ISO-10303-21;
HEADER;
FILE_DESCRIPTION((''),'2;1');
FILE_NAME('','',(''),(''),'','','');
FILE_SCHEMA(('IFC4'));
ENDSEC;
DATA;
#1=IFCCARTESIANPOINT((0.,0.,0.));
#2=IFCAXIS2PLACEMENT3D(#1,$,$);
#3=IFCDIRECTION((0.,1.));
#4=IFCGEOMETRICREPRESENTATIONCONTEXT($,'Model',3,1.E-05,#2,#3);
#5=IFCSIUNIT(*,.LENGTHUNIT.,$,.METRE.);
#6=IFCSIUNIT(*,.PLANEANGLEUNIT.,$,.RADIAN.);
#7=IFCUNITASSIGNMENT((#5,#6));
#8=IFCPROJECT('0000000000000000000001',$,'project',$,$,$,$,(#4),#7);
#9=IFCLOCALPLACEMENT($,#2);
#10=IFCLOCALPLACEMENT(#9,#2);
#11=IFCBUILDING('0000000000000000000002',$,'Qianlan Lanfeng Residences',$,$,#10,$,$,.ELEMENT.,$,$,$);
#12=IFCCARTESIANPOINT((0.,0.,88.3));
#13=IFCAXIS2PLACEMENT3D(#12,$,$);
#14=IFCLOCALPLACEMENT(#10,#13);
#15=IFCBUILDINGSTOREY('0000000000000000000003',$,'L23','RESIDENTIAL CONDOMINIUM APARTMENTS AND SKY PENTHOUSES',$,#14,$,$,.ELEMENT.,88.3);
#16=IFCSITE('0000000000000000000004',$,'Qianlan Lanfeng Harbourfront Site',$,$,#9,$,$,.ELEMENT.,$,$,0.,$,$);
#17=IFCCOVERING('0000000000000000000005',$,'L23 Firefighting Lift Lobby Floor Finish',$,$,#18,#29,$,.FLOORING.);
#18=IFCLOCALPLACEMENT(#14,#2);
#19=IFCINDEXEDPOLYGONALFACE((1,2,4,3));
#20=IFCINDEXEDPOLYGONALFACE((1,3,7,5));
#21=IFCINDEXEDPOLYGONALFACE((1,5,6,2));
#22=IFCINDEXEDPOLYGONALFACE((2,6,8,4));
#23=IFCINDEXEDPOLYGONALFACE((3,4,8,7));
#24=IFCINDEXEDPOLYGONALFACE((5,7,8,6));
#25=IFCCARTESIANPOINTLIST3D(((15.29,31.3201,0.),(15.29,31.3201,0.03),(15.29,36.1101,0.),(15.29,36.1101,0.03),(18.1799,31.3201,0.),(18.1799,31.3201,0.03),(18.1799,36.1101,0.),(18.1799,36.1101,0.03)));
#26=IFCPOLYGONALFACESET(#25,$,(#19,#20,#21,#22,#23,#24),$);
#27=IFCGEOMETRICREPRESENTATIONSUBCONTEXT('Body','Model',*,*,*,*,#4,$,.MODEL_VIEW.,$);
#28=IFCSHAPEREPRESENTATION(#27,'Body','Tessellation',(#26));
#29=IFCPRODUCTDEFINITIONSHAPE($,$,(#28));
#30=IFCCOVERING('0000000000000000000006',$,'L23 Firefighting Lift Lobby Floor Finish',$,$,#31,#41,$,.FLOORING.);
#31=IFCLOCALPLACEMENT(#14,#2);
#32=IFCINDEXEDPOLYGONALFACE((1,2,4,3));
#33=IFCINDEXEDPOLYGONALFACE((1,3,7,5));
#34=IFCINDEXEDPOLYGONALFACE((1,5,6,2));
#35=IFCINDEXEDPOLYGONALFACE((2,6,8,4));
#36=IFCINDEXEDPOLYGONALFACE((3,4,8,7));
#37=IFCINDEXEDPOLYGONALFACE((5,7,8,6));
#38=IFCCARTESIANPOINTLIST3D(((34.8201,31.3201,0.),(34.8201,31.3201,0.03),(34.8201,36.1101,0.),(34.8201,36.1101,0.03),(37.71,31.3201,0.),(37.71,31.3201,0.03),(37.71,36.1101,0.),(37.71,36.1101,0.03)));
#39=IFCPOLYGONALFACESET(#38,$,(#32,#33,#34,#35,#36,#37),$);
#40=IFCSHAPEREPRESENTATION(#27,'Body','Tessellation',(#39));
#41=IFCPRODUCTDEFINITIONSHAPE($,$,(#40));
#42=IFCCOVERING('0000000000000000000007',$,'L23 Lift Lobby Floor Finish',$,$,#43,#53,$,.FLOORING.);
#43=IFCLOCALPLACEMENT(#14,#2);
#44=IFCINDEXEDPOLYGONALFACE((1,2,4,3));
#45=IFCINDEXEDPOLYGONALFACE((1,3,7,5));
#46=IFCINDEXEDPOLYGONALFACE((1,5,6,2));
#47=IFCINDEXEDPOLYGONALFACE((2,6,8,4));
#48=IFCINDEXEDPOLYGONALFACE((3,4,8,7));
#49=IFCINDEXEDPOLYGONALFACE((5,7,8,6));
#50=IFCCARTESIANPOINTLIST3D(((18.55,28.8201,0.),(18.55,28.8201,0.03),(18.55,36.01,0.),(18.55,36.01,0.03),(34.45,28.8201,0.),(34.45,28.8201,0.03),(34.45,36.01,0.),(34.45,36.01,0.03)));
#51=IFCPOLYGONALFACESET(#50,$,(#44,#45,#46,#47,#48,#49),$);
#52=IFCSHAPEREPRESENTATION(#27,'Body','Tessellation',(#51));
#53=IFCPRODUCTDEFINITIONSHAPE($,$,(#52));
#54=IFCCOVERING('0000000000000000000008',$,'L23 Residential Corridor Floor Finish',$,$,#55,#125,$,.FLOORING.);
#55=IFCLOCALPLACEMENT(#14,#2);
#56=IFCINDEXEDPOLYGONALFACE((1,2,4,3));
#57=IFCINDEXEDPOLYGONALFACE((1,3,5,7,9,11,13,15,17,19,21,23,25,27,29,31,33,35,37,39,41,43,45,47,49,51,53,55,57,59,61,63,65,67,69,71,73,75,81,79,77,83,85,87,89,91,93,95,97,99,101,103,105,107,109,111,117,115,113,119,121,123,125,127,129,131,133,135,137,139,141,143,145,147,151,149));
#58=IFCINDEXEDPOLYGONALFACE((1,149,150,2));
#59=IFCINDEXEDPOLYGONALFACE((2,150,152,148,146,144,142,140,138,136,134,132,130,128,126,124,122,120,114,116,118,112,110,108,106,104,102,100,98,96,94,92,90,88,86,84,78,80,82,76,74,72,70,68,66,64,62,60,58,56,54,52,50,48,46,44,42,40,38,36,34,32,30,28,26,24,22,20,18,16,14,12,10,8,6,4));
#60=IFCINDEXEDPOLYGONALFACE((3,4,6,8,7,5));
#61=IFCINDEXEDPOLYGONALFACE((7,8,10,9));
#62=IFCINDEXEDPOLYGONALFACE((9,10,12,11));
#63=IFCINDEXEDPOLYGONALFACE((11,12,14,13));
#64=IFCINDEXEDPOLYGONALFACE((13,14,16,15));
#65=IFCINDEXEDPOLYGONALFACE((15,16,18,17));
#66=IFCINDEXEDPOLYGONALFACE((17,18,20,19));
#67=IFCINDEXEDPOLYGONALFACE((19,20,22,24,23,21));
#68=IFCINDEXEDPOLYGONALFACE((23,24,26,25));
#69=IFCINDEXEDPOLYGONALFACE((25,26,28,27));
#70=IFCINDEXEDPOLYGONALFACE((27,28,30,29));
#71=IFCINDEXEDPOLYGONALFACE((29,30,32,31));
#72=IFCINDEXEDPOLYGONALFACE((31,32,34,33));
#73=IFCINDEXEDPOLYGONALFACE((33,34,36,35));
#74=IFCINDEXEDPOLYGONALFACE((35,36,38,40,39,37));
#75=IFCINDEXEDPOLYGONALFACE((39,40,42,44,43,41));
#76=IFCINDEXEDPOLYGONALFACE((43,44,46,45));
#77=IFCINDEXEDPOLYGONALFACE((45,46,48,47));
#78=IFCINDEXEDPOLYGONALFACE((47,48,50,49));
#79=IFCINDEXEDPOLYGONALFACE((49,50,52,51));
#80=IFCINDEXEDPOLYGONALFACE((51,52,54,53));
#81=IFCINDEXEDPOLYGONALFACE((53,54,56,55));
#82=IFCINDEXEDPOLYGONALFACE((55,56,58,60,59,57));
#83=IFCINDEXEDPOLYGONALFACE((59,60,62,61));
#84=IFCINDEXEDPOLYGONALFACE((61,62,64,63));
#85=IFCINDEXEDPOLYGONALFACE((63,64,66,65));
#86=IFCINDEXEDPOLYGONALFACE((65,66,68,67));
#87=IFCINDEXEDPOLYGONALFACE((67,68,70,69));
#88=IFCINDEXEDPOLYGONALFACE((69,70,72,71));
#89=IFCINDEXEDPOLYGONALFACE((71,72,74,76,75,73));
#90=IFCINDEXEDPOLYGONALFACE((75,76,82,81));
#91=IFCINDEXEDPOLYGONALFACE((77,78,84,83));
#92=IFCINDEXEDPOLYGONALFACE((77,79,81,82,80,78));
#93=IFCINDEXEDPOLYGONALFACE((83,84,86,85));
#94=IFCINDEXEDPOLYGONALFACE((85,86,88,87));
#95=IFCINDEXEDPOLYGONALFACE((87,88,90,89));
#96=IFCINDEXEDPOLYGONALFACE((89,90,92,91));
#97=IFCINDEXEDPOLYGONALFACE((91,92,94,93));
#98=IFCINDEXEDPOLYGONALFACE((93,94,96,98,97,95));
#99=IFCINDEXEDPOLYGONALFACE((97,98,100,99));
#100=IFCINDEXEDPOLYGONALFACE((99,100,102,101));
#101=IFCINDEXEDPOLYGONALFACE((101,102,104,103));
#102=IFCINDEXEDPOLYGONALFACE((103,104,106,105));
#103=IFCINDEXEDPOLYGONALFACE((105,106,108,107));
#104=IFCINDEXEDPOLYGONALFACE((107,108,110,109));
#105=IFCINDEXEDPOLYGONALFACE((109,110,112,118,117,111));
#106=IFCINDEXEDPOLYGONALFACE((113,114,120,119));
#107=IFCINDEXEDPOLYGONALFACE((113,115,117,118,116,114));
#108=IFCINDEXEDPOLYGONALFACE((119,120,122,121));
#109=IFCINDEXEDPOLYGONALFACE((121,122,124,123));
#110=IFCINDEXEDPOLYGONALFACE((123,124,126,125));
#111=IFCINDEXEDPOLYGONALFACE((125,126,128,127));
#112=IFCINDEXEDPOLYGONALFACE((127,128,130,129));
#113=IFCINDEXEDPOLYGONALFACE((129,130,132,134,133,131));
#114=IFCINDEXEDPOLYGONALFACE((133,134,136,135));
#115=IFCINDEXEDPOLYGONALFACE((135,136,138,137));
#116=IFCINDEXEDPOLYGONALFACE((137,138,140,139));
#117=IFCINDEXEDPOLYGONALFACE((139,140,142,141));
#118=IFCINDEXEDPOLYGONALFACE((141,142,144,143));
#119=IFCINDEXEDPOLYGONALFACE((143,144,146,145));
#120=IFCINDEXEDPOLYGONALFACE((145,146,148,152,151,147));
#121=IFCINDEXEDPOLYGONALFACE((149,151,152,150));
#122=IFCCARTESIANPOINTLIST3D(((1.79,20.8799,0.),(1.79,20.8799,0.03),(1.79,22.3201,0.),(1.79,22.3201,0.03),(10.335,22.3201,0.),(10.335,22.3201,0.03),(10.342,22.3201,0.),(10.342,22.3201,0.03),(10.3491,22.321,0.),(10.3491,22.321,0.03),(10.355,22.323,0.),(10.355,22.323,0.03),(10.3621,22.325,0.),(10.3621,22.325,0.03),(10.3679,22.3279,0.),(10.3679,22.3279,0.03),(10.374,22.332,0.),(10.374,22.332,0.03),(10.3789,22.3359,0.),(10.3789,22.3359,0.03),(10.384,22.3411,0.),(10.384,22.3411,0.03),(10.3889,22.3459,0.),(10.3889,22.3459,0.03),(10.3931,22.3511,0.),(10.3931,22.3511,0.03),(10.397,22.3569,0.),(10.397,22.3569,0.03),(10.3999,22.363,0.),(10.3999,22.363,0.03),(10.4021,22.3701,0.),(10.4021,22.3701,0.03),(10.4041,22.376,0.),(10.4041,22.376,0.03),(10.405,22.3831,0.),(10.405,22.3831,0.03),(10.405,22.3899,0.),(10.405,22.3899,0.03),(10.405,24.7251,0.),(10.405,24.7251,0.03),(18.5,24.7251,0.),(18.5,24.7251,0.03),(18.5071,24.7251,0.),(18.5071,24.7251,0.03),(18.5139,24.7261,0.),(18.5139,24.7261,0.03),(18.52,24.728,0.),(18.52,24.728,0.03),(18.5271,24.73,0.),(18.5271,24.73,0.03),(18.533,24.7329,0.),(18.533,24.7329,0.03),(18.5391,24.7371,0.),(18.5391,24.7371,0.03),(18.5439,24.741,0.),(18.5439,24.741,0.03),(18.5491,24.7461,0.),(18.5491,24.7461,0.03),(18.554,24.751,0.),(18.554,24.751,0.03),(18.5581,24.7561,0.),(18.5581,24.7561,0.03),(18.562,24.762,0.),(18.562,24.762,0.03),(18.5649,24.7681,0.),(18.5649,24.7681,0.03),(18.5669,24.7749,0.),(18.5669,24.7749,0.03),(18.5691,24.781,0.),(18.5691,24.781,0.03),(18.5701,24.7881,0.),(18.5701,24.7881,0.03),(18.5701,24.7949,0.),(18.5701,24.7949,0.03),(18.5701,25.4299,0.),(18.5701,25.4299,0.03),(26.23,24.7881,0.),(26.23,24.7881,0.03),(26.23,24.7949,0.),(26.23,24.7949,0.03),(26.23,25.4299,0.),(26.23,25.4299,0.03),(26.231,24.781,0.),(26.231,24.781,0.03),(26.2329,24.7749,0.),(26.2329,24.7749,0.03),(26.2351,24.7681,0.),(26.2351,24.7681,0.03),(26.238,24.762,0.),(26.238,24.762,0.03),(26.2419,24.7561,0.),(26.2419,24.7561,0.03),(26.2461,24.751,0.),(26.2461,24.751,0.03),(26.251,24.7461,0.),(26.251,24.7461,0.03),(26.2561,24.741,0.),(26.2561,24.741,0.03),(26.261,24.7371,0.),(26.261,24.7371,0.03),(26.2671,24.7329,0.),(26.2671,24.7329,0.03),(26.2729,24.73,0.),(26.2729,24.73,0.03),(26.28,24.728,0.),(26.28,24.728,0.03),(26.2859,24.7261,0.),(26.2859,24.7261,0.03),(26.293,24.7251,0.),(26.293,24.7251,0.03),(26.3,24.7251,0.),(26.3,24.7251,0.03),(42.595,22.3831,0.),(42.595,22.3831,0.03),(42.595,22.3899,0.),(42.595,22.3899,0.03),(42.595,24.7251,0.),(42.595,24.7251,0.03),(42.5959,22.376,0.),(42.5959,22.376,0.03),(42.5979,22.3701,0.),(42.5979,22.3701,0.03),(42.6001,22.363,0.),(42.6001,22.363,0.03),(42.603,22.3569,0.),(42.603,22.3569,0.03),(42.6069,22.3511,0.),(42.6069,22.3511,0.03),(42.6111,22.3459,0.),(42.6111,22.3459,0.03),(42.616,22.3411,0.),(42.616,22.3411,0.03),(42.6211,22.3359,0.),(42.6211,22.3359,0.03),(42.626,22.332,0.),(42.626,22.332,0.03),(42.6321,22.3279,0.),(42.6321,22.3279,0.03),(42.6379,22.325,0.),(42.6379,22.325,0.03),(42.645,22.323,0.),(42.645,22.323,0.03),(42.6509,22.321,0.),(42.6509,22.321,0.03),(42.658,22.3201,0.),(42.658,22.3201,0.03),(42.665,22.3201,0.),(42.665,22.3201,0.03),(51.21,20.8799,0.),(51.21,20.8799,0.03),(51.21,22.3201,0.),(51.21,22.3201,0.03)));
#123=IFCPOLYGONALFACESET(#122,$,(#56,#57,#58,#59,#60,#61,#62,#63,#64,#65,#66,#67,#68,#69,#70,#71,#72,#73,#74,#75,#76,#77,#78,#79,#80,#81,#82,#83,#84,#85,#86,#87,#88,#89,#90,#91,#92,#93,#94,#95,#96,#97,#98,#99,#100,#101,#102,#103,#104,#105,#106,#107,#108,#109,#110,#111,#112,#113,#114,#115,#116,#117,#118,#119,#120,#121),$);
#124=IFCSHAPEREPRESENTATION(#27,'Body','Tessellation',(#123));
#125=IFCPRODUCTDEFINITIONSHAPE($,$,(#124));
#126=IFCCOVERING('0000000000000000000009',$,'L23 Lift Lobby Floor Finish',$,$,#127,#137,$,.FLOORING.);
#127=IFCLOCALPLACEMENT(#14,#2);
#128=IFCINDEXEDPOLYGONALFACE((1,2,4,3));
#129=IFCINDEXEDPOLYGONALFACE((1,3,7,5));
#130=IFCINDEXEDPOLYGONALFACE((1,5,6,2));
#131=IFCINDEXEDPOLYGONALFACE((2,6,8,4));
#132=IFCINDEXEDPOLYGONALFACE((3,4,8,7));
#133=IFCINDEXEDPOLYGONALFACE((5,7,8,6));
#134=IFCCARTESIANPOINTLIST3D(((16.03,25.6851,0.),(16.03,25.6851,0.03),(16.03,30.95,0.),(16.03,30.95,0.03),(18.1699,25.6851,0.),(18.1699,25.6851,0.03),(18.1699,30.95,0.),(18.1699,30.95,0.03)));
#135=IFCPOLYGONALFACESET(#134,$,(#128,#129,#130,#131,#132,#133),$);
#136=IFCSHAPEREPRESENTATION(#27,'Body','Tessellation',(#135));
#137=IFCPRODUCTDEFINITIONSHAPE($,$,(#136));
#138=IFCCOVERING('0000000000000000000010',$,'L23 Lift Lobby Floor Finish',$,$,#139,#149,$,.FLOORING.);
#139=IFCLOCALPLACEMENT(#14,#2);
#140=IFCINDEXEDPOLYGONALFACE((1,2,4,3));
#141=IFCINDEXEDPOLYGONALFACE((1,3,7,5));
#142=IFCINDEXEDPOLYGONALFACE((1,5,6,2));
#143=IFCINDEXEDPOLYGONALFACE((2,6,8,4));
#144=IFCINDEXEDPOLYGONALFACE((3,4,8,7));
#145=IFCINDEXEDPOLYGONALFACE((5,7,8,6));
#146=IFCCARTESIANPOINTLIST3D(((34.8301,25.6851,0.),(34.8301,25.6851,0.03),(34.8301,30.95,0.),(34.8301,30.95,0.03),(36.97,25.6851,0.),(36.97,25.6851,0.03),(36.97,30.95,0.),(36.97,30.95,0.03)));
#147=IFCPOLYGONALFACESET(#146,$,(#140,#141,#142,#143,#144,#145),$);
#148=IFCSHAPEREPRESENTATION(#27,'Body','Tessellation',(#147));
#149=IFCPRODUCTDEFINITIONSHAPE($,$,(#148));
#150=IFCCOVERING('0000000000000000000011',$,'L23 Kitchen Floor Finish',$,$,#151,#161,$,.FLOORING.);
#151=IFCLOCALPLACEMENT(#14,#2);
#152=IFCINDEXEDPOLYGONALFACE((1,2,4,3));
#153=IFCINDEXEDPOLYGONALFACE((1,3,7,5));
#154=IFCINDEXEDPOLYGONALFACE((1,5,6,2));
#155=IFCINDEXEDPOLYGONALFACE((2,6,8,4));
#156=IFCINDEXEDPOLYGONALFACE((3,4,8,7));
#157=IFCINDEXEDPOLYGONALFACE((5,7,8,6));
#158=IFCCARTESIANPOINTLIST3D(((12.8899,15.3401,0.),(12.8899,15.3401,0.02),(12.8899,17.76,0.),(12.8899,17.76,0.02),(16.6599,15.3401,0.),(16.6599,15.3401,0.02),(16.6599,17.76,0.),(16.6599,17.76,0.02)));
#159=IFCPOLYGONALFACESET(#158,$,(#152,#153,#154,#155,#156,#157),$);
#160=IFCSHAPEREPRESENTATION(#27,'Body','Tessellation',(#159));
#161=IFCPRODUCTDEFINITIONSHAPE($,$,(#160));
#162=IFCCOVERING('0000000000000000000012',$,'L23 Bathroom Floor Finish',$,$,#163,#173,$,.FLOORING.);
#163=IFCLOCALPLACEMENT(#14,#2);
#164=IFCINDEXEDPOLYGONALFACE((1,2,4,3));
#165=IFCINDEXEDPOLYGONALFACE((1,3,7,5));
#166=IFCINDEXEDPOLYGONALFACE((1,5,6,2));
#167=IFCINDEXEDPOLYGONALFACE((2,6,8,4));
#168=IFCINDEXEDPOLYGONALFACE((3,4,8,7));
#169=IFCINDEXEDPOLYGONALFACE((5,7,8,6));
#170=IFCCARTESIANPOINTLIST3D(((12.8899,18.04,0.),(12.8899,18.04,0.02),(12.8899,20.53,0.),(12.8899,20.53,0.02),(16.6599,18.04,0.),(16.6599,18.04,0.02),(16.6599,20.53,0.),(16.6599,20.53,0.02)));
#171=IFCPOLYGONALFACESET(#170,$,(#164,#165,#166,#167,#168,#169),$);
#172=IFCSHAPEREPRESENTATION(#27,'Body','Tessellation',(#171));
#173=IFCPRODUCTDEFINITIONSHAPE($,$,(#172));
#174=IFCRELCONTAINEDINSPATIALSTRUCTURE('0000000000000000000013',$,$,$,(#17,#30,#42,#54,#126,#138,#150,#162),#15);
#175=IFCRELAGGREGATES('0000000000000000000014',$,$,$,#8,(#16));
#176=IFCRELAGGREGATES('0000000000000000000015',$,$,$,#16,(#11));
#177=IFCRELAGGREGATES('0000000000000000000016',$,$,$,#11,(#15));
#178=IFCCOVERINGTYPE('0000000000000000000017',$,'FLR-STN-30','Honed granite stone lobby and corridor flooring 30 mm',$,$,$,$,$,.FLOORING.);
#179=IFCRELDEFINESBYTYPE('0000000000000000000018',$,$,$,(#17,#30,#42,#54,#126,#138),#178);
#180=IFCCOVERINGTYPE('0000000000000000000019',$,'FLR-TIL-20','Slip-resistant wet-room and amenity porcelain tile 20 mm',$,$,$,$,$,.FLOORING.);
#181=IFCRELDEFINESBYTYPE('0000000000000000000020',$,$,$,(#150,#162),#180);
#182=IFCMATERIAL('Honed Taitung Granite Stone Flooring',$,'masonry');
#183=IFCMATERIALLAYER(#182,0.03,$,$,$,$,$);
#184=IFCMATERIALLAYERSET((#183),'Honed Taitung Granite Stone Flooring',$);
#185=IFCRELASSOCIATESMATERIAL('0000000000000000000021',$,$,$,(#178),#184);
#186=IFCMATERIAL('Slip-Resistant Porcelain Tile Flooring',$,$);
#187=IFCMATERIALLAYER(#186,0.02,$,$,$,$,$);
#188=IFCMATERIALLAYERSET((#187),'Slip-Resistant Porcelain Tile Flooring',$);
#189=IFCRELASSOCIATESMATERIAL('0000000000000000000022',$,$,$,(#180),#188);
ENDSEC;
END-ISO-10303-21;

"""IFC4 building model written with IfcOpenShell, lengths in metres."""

from ifc_helpers import new_model, si_unit, direction, frame, origin, place, context, subcontext, project, spatial, polyline, outline, extrude, material, layer, layer_set, type_object, element, save


model = new_model("IFC4")

# Units and contexts
model_context = context("Model", 3, precision=1e-05, world=origin(), true_north=direction((0.0, 1.0)))
body_context = subcontext(model_context, "Body", "Model", "MODEL_VIEW")
ifc_project = project(units=[si_unit("LENGTHUNIT", "METRE"), si_unit("PLANEANGLEUNIT", "RADIAN")], contexts=[model_context])

# Site, building, storey
site_placement = place(None, origin())
site = spatial("IfcSite", under=ifc_project, at=site_placement, Name="Qianlan Lanfeng Harbourfront Site", CompositionType="ELEMENT", RefElevation=0.0)
building_placement = place(site_placement, origin())
building = spatial("IfcBuilding", under=site, at=building_placement, Name="Qianlan Lanfeng Residences", CompositionType="ELEMENT")
storey_placement = place(building_placement, frame((0.0, 0.0, 88.3)))
storey = spatial("IfcBuildingStorey", under=building, at=storey_placement, Name="L23", Description="RESIDENTIAL CONDOMINIUM APARTMENTS AND SKY PENTHOUSES", CompositionType="ELEMENT", Elevation=88.3)

# Coverings
ifc_material_1 = material(Name="Honed Taitung Granite Stone Flooring", Category="masonry")
ifc_layer_1 = layer(ifc_material_1, 0.03)
ifc_layer_set_1 = layer_set([ifc_layer_1], Name="Honed Taitung Granite Stone Flooring")
covering_type_1 = type_object("IfcCoveringType", Name="FLR-STN-30", Description="Honed granite stone lobby and corridor flooring 30 mm", PredefinedType="FLOORING", material=ifc_layer_set_1)
covering_1_placement = place(storey_placement, origin())
element("IfcCovering", 1, at=covering_1_placement, inside=storey, type_object=covering_type_1, Name="L23 Firefighting Lift Lobby Floor Finish", PredefinedType="FLOORING", context=body_context, shape_type="SweptSolid", body=[
    extrude(outline(polyline([(15.29, 31.3201), (18.1799, 31.3201), (18.1799, 36.1101), (15.29, 36.1101), (15.29, 31.3201)])), origin(), (0.0, 0.0, 1.0), 0.03),
])
covering_2_placement = place(storey_placement, origin())
element("IfcCovering", 2, at=covering_2_placement, inside=storey, type_object=covering_type_1, Name="L23 Firefighting Lift Lobby Floor Finish", PredefinedType="FLOORING", context=body_context, shape_type="SweptSolid", body=[
    extrude(outline(polyline([(34.8201, 31.3201), (37.71, 31.3201), (37.71, 36.1101), (34.8201, 36.1101), (34.8201, 31.3201)])), origin(), (0.0, 0.0, 1.0), 0.03),
])
covering_3_placement = place(storey_placement, origin())
element("IfcCovering", 3, at=covering_3_placement, inside=storey, type_object=covering_type_1, Name="L23 Lift Lobby Floor Finish", PredefinedType="FLOORING", context=body_context, shape_type="SweptSolid", body=[
    extrude(outline(polyline([(18.55, 28.8201), (34.45, 28.8201), (34.45, 36.01), (18.55, 36.01), (18.55, 28.8201)])), origin(), (0.0, 0.0, 1.0), 0.03),
])
covering_4_placement = place(storey_placement, origin())
element("IfcCovering", 4, at=covering_4_placement, inside=storey, type_object=covering_type_1, Name="L23 Residential Corridor Floor Finish", PredefinedType="FLOORING", context=body_context, shape_type="SweptSolid", body=[
    extrude(outline(polyline([(1.79, 20.8799), (51.21, 20.8799), (51.21, 22.3201), (42.665, 22.3201), (42.658, 22.3201), (42.6509, 22.321), (42.645, 22.323), (42.6379, 22.325), (42.6321, 22.3279), (42.626, 22.332), (42.6211, 22.3359), (42.616, 22.3411), (42.6111, 22.3459), (42.6069, 22.3511), (42.603, 22.3569), (42.6001, 22.363), (42.5979, 22.3701), (42.5959, 22.376), (42.595, 22.3831), (42.595, 22.3899), (42.595, 24.7251), (26.3, 24.7251), (26.293, 24.7251), (26.2859, 24.7261), (26.28, 24.728), (26.2729, 24.73), (26.2671, 24.7329), (26.261, 24.7371), (26.2561, 24.741), (26.251, 24.7461), (26.2461, 24.751), (26.2419, 24.7561), (26.238, 24.762), (26.2351, 24.7681), (26.2329, 24.7749), (26.231, 24.781), (26.23, 24.7881), (26.23, 24.7949), (26.23, 25.4299), (18.5701, 25.4299), (18.5701, 24.7949), (18.5701, 24.7881), (18.5691, 24.781), (18.5669, 24.7749), (18.5649, 24.7681), (18.562, 24.762), (18.5581, 24.7561), (18.554, 24.751), (18.5491, 24.7461), (18.5439, 24.741), (18.5391, 24.7371), (18.533, 24.7329), (18.5271, 24.73), (18.52, 24.728), (18.5139, 24.7261), (18.5071, 24.7251), (18.5, 24.7251), (10.405, 24.7251), (10.405, 22.3899), (10.405, 22.3831), (10.4041, 22.376), (10.4021, 22.3701), (10.3999, 22.363), (10.397, 22.3569), (10.3931, 22.3511), (10.3889, 22.3459), (10.384, 22.3411), (10.3789, 22.3359), (10.374, 22.332), (10.3679, 22.3279), (10.3621, 22.325), (10.355, 22.323), (10.3491, 22.321), (10.342, 22.3201), (10.335, 22.3201), (1.79, 22.3201), (1.79, 20.8799)])), origin(), (0.0, 0.0, 1.0), 0.03),
])
covering_5_placement = place(storey_placement, origin())
element("IfcCovering", 5, at=covering_5_placement, inside=storey, type_object=covering_type_1, Name="L23 Lift Lobby Floor Finish", PredefinedType="FLOORING", context=body_context, shape_type="SweptSolid", body=[
    extrude(outline(polyline([(16.03, 25.6851), (18.1699, 25.6851), (18.1699, 30.95), (16.03, 30.95), (16.03, 25.6851)])), origin(), (0.0, 0.0, 1.0), 0.03),
])
covering_6_placement = place(storey_placement, origin())
element("IfcCovering", 6, at=covering_6_placement, inside=storey, type_object=covering_type_1, Name="L23 Lift Lobby Floor Finish", PredefinedType="FLOORING", context=body_context, shape_type="SweptSolid", body=[
    extrude(outline(polyline([(34.8301, 25.6851), (36.97, 25.6851), (36.97, 30.95), (34.8301, 30.95), (34.8301, 25.6851)])), origin(), (0.0, 0.0, 1.0), 0.03),
])
ifc_material_2 = material(Name="Slip-Resistant Porcelain Tile Flooring")
ifc_layer_2 = layer(ifc_material_2, 0.02)
ifc_layer_set_2 = layer_set([ifc_layer_2], Name="Slip-Resistant Porcelain Tile Flooring")
covering_type_2 = type_object("IfcCoveringType", Name="FLR-TIL-20", Description="Slip-resistant wet-room and amenity porcelain tile 20 mm", PredefinedType="FLOORING", material=ifc_layer_set_2)
covering_7_placement = place(storey_placement, origin())
element("IfcCovering", 7, at=covering_7_placement, inside=storey, type_object=covering_type_2, Name="L23 Kitchen Floor Finish", PredefinedType="FLOORING", context=body_context, shape_type="SweptSolid", body=[
    extrude(outline(polyline([(12.8899, 15.3401), (16.6599, 15.3401), (16.6599, 17.76), (12.8899, 17.76), (12.8899, 15.3401)])), origin(), (0.0, 0.0, 1.0), 0.02),
])
covering_8_placement = place(storey_placement, origin())
element("IfcCovering", 8, at=covering_8_placement, inside=storey, type_object=covering_type_2, Name="L23 Bathroom Floor Finish", PredefinedType="FLOORING", context=body_context, shape_type="SweptSolid", body=[
    extrude(outline(polyline([(12.8899, 18.04), (16.6599, 18.04), (16.6599, 20.53), (12.8899, 20.53), (12.8899, 18.04)])), origin(), (0.0, 0.0, 1.0), 0.02),
])

save(model, "model.ifc")
